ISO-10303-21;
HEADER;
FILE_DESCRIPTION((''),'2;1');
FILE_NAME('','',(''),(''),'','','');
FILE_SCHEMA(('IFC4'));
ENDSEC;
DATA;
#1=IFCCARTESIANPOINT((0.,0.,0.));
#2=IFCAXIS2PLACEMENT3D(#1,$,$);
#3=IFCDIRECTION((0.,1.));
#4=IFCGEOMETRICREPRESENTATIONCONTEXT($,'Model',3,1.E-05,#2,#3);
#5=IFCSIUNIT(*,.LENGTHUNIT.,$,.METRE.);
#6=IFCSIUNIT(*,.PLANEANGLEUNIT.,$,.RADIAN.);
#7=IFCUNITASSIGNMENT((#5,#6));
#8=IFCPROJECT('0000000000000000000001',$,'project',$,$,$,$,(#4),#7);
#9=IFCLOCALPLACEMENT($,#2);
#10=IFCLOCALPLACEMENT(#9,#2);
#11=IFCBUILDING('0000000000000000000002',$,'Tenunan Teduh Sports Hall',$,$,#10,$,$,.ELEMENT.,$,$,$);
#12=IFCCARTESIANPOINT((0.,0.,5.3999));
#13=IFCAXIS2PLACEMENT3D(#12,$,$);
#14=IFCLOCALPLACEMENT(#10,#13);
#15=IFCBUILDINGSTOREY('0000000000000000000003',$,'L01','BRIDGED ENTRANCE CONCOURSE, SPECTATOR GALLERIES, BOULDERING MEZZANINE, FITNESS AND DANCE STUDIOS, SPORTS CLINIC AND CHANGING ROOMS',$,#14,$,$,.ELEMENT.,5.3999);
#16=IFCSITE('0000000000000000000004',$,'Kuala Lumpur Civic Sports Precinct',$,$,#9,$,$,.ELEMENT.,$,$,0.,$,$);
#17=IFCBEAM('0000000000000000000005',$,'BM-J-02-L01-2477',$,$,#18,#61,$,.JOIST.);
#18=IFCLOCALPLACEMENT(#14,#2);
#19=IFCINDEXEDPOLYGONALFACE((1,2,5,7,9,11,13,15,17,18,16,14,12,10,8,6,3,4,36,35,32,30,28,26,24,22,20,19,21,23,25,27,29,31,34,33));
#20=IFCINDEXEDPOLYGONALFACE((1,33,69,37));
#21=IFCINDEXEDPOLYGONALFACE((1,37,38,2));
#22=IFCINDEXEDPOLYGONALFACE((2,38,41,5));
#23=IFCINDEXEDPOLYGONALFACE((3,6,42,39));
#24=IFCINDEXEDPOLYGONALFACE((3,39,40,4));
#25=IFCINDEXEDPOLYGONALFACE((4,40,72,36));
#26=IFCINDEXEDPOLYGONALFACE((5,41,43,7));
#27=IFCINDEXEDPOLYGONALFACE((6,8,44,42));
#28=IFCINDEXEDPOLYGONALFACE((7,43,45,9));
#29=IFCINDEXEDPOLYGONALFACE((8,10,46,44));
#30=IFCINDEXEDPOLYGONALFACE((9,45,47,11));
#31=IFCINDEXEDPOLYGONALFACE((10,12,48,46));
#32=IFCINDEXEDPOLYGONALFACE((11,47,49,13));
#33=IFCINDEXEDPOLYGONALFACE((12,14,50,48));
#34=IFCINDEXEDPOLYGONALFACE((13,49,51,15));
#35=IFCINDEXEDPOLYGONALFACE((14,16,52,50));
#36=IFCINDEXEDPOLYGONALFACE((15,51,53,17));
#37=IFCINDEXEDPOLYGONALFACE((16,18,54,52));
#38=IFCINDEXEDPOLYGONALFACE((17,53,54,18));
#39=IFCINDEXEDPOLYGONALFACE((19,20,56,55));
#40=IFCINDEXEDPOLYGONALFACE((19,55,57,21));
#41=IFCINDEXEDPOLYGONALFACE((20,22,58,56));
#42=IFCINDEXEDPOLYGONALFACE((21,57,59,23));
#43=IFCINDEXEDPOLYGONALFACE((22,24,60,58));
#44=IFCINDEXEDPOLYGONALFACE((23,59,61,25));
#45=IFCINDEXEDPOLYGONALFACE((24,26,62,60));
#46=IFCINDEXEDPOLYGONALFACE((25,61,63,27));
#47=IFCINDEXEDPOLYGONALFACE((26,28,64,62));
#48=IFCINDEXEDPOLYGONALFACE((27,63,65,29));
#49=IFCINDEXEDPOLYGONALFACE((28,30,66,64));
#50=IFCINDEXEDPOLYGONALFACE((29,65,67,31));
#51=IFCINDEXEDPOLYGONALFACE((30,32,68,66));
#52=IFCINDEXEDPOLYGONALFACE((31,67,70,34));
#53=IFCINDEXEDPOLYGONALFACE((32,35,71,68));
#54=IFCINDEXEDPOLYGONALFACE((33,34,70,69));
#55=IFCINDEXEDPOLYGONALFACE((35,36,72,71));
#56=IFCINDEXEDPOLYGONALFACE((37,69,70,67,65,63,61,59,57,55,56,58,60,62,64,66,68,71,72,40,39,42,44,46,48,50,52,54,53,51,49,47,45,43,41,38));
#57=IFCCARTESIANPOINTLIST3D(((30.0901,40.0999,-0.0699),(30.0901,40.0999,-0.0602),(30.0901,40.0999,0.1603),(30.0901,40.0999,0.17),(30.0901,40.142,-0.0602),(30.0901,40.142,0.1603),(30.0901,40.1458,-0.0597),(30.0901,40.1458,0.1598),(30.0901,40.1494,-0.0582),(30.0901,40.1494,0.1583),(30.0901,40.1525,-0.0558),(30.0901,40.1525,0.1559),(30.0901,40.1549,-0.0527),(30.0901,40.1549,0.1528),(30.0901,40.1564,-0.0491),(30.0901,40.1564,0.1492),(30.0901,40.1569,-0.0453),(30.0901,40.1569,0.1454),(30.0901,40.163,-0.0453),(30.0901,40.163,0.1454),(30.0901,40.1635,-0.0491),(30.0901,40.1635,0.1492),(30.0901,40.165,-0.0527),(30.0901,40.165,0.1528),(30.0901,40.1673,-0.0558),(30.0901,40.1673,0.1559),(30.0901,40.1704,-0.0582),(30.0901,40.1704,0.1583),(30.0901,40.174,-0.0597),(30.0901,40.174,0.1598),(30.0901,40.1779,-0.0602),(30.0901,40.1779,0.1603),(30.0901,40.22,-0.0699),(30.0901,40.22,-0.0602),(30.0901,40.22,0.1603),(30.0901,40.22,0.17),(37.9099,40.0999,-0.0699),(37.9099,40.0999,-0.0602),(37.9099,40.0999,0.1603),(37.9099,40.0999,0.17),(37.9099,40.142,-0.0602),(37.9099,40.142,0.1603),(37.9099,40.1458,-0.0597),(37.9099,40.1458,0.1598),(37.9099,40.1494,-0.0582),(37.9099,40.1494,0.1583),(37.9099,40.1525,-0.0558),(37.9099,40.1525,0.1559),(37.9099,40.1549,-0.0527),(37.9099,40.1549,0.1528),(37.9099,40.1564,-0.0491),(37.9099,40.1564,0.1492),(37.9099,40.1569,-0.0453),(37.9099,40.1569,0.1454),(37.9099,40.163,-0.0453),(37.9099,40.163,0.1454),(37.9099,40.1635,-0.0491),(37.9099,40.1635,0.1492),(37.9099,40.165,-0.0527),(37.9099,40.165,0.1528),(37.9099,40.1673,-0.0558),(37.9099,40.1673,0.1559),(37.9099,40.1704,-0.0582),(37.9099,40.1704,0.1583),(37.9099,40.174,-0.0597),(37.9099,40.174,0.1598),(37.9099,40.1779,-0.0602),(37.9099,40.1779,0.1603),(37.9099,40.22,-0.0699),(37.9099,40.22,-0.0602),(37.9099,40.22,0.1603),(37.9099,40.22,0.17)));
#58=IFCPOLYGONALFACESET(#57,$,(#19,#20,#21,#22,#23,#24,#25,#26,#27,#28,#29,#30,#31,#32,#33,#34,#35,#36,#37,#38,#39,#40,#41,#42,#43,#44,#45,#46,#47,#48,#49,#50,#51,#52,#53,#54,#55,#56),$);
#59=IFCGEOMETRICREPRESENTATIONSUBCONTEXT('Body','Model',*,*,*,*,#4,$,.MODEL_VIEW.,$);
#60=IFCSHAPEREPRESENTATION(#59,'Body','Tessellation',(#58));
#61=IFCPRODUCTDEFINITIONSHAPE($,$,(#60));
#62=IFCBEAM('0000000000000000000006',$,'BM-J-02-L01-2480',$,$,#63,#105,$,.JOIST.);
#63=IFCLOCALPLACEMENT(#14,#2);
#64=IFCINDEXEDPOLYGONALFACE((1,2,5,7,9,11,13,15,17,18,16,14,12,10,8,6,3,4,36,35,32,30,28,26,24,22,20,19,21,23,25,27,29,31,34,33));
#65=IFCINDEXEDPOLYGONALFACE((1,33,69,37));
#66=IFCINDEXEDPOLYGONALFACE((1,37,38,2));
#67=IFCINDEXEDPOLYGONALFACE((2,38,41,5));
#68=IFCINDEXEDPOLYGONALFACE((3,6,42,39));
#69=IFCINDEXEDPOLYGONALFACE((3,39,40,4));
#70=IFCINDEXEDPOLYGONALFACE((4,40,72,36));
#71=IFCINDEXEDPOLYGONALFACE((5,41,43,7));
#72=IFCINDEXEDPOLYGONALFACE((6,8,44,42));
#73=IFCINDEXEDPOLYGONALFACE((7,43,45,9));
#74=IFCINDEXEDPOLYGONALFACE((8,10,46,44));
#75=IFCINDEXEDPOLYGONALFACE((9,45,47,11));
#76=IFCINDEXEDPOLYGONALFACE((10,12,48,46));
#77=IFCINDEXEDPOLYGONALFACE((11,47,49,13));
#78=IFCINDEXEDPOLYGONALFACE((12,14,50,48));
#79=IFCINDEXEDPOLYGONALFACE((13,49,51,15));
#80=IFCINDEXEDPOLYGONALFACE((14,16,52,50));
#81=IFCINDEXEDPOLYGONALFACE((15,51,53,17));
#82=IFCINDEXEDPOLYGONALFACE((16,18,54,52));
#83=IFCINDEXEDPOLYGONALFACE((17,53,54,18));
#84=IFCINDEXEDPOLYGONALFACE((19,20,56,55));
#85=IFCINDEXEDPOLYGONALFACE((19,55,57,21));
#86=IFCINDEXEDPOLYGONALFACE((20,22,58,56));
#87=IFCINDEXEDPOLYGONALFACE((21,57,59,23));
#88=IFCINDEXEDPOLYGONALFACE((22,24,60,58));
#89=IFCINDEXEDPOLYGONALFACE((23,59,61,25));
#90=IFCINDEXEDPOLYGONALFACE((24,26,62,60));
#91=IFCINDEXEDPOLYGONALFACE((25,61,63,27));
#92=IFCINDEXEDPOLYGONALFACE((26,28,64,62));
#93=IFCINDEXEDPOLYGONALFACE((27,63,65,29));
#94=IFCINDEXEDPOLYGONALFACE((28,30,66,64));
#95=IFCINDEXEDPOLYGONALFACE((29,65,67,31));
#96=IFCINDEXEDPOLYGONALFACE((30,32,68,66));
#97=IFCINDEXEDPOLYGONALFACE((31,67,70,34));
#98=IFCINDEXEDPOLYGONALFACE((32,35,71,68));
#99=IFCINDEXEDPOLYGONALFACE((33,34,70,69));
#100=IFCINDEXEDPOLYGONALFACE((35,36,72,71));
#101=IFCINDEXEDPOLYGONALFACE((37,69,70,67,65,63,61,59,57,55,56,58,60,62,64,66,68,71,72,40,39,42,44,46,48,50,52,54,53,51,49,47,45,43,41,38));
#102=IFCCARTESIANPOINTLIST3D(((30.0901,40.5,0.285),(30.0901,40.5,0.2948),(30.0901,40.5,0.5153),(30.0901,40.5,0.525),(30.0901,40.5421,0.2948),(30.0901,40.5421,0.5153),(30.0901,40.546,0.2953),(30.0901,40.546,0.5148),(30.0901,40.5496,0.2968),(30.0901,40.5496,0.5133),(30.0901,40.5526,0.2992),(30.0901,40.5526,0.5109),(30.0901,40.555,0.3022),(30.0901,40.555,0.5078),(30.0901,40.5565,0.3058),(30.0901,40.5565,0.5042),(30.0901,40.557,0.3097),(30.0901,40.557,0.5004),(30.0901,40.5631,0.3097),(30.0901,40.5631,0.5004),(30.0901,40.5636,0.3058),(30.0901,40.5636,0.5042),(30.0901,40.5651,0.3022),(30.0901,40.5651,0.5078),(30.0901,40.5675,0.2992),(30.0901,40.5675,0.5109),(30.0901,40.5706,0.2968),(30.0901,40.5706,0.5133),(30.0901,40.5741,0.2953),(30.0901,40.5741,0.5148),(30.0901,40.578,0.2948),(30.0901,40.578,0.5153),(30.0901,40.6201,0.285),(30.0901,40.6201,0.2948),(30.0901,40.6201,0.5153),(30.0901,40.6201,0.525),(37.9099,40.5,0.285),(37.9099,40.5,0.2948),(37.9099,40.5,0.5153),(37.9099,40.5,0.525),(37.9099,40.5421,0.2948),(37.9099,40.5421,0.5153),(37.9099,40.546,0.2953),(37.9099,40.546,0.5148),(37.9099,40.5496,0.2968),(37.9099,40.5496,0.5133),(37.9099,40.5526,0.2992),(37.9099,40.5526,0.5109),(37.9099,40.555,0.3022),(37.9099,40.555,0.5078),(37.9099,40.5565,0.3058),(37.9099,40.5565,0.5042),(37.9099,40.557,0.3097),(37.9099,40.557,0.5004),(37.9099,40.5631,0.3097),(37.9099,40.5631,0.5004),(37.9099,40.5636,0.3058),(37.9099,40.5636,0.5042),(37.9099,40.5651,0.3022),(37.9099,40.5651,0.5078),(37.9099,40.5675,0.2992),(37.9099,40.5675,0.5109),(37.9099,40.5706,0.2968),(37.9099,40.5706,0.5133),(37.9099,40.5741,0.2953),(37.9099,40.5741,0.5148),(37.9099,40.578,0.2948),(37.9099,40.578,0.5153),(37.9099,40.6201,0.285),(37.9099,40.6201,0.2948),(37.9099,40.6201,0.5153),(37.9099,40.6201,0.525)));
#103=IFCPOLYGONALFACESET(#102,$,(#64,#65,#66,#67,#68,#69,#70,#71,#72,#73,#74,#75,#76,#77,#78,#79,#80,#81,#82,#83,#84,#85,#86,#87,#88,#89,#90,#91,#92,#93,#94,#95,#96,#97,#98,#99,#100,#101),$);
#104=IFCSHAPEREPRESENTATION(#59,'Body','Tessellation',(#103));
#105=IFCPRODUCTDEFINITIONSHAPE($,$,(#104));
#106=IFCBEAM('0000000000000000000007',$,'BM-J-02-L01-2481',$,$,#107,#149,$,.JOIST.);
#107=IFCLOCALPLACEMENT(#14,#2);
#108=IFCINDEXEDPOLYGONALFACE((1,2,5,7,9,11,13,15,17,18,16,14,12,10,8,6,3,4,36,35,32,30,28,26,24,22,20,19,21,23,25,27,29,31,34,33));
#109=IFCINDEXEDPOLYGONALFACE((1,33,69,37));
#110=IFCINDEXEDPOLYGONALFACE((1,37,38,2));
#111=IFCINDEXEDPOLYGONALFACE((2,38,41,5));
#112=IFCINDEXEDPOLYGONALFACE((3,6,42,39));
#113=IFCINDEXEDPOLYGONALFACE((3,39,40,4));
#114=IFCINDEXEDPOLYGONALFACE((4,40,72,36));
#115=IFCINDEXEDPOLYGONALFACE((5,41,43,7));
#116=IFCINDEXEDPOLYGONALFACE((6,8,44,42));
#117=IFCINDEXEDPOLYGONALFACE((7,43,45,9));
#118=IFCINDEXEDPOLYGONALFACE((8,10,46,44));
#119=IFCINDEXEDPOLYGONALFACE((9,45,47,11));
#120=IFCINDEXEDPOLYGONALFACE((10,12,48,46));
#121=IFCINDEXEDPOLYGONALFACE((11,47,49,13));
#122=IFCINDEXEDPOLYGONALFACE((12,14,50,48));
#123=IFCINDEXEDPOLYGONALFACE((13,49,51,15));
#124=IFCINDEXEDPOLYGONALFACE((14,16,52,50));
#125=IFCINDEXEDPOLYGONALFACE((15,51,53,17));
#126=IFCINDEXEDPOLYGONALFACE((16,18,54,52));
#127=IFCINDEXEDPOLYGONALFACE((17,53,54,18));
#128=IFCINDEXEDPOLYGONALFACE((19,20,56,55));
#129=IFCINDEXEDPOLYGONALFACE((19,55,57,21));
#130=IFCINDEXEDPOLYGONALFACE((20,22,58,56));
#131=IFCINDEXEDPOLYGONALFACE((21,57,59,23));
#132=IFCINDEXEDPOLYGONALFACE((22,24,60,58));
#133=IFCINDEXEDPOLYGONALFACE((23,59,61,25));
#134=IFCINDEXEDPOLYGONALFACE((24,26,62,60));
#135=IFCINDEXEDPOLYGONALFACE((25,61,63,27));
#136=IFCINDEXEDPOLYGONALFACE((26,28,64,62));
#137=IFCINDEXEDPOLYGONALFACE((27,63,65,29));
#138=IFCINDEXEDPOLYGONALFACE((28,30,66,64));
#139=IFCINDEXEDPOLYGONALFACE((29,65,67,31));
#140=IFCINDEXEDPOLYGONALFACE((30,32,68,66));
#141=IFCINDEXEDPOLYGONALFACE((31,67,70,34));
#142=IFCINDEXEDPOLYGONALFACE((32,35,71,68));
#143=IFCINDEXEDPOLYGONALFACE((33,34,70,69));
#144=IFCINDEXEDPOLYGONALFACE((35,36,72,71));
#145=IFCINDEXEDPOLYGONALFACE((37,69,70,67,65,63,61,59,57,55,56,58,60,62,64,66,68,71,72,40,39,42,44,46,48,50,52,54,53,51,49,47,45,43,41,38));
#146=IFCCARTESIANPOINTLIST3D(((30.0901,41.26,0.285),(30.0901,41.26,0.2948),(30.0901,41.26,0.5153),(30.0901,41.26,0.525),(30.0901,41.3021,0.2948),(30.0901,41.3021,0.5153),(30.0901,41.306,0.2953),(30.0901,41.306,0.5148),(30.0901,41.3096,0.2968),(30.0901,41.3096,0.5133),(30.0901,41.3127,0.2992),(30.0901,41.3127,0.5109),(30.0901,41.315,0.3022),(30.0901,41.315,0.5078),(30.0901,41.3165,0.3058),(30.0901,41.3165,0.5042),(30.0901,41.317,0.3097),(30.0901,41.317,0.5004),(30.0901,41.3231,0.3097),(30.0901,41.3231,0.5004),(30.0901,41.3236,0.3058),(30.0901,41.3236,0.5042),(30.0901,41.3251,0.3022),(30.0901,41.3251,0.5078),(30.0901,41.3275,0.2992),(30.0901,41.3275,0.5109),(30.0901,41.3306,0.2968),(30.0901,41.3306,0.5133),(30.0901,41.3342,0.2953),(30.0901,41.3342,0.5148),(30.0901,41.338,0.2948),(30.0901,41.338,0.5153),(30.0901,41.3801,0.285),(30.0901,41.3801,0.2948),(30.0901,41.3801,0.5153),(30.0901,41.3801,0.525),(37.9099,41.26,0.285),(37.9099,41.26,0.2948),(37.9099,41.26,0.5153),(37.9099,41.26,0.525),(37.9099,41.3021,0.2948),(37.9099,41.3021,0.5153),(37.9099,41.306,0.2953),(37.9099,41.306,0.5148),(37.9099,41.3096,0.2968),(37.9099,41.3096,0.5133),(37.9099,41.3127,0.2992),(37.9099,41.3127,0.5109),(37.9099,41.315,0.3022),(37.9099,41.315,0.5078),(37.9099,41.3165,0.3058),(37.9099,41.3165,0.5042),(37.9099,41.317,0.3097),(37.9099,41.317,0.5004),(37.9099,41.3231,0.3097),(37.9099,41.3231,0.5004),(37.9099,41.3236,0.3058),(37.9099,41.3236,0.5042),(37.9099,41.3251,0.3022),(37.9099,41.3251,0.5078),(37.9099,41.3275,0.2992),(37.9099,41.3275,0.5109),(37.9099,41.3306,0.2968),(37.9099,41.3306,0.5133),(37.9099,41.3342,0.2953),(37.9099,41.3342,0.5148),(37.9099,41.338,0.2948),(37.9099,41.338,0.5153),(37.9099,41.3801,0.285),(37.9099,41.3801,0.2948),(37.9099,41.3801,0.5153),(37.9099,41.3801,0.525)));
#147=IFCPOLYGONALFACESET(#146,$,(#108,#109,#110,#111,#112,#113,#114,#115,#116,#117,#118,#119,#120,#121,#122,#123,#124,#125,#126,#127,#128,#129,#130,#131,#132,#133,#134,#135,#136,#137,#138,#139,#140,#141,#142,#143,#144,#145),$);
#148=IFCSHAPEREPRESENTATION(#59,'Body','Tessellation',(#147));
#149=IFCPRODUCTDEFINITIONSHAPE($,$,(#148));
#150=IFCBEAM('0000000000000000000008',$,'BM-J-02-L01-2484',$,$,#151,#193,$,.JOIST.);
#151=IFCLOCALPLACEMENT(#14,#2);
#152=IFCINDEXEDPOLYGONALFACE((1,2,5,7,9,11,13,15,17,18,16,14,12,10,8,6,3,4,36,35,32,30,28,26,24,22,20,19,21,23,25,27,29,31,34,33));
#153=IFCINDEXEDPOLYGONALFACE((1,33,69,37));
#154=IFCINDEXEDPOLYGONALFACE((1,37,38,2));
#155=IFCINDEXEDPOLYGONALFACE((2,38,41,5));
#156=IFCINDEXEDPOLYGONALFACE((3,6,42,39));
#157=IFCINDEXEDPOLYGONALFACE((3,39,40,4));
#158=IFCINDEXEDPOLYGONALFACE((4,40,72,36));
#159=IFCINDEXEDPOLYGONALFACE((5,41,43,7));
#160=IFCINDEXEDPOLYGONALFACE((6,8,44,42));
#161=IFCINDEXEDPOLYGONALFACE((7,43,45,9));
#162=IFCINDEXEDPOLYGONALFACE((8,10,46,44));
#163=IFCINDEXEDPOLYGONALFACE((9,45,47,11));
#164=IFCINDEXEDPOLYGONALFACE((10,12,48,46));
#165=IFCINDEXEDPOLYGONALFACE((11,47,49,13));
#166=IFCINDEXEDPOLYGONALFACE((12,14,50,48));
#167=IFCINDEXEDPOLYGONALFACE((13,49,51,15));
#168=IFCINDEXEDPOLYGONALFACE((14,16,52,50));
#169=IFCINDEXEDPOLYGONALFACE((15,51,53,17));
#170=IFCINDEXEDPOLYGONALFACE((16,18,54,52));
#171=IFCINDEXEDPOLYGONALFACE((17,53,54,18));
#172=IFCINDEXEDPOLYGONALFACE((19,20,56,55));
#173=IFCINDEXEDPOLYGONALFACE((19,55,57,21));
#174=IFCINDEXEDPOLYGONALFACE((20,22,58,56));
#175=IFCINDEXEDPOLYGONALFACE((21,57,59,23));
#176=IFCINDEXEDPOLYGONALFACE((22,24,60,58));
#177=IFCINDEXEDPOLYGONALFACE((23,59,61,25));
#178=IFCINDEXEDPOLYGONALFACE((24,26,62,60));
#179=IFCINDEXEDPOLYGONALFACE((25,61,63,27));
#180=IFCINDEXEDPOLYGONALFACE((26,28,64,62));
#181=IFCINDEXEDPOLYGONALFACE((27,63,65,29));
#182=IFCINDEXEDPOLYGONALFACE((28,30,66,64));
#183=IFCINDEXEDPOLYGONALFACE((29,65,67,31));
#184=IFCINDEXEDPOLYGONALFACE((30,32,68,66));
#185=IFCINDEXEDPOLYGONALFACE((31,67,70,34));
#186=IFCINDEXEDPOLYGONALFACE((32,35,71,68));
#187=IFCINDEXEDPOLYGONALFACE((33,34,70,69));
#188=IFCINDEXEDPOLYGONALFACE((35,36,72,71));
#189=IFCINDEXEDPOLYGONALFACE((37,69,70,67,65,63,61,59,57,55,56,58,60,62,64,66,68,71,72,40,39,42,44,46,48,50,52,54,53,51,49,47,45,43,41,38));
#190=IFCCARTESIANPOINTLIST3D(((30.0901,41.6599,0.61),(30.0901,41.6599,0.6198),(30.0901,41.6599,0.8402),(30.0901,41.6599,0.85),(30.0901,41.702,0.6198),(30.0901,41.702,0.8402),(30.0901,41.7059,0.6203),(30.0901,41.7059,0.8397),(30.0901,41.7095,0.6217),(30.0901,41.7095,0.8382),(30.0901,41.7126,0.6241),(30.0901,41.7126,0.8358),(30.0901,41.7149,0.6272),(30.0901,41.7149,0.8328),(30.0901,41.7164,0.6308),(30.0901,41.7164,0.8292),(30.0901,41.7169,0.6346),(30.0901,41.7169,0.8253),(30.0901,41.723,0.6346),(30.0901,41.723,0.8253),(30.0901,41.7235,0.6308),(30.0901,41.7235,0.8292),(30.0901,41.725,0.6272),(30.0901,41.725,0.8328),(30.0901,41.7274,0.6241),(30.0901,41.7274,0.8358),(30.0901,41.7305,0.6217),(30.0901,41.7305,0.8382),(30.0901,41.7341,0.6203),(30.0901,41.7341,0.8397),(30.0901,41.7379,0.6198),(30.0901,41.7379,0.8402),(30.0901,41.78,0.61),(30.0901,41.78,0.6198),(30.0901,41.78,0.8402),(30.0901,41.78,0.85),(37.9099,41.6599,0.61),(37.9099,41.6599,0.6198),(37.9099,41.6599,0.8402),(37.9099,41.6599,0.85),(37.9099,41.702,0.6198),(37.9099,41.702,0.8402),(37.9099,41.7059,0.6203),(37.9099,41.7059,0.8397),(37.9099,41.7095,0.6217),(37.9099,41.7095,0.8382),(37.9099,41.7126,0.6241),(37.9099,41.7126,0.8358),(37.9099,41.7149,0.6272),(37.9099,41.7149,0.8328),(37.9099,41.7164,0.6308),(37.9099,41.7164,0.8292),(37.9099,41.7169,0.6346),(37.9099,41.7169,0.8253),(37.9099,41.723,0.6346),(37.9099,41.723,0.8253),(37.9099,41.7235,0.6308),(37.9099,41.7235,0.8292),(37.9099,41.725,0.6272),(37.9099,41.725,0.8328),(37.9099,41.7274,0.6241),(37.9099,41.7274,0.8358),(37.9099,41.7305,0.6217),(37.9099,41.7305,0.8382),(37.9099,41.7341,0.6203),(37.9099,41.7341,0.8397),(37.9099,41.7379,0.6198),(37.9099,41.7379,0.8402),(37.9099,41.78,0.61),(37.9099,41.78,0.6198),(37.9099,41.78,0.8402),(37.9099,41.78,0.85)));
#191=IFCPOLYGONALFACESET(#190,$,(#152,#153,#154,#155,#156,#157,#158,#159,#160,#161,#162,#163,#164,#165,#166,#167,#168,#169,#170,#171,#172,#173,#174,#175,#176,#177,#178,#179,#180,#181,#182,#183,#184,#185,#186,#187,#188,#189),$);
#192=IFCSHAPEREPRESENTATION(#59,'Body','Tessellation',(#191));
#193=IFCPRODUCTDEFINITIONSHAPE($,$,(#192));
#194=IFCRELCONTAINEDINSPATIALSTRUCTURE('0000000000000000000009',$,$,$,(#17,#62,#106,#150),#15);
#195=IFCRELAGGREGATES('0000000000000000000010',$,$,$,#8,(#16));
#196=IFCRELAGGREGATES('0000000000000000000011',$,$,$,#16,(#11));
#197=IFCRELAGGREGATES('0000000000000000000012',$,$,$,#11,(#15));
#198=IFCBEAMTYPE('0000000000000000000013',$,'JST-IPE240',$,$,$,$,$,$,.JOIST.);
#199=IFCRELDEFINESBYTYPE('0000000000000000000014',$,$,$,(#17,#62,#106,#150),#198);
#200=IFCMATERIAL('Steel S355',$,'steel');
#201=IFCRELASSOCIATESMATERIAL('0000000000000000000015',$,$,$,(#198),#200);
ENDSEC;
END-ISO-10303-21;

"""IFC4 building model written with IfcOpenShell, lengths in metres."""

from ifc_helpers import new_model, si_unit, direction, frame, origin, origin_2d, place, context, subcontext, project, spatial, i_section, extrude, material, material_profile, profile_set, type_object, element, save


model = new_model("IFC4")

# Units and contexts
model_context = context("Model", 3, precision=1e-05, world=origin(), true_north=direction((0.0, 1.0)))
body_context = subcontext(model_context, "Body", "Model", "MODEL_VIEW")
ifc_project = project(units=[si_unit("LENGTHUNIT", "METRE"), si_unit("PLANEANGLEUNIT", "RADIAN")], contexts=[model_context])

# Site, building, storey
site_placement = place(None, origin())
site = spatial("IfcSite", under=ifc_project, at=site_placement, Name="Kuala Lumpur Civic Sports Precinct", CompositionType="ELEMENT", RefElevation=0.0)
building_placement = place(site_placement, origin())
building = spatial("IfcBuilding", under=site, at=building_placement, Name="Tenunan Teduh Sports Hall", CompositionType="ELEMENT")
storey_placement = place(building_placement, frame((0.0, 0.0, 5.3999)))
storey = spatial("IfcBuildingStorey", under=building, at=storey_placement, Name="L01", Description="BRIDGED ENTRANCE CONCOURSE, SPECTATOR GALLERIES, BOULDERING MEZZANINE, FITNESS AND DANCE STUDIOS, SPORTS CLINIC AND CHANGING ROOMS", CompositionType="ELEMENT", Elevation=5.3999)

# Beams
ifc_material_1 = material(Name="Steel S355", Category="steel")
ifc_material_profile_1 = material_profile(ifc_material_1, i_section(OverallWidth=0.1201, OverallDepth=0.24, WebThickness=0.0061, FlangeThickness=0.0098, FilletRadius=0.0149, at=origin_2d()), Name="IPE 240")
ifc_profile_set_1 = profile_set([ifc_material_profile_1], Name="Steel S355")
beam_type_1 = type_object("IfcBeamType", Name="JST-IPE240", PredefinedType="JOIST", material=ifc_profile_set_1)
for number, where, z_axis, x_axis, name in (
    (1, (30.0901, 40.1599, 0.05), (1.0, 0.0, 0.0), (0.0, 1.0, 0.0), "BM-J-02-L01-2477"),
    (2, (30.0901, 40.5601, 0.405), (1.0, 0.0, 0.0), (0.0, 1.0, 0.0), "BM-J-02-L01-2480"),
    (3, (30.0901, 41.3201, 0.405), (1.0, 0.0, 0.0), (0.0, 1.0, 0.0), "BM-J-02-L01-2481"),
    (4, (30.0901, 41.72, 0.73), (1.0, 0.0, 0.0), (0.0, 1.0, 0.0), "BM-J-02-L01-2484"),
):
    element("IfcBeam", number, at=place(storey_placement, frame(where, z_axis=z_axis, x_axis=x_axis)), inside=storey, type_object=beam_type_1, Name=name, PredefinedType="JOIST", context=body_context, shape_type="SweptSolid", body=[
        extrude(i_section(OverallWidth=0.1201, OverallDepth=0.24, WebThickness=0.0061, FlangeThickness=0.0098, FilletRadius=0.0149, at=origin_2d()), origin(), (0.0, 0.0, 1.0), 7.8198),
    ])

save(model, "model.ifc")
